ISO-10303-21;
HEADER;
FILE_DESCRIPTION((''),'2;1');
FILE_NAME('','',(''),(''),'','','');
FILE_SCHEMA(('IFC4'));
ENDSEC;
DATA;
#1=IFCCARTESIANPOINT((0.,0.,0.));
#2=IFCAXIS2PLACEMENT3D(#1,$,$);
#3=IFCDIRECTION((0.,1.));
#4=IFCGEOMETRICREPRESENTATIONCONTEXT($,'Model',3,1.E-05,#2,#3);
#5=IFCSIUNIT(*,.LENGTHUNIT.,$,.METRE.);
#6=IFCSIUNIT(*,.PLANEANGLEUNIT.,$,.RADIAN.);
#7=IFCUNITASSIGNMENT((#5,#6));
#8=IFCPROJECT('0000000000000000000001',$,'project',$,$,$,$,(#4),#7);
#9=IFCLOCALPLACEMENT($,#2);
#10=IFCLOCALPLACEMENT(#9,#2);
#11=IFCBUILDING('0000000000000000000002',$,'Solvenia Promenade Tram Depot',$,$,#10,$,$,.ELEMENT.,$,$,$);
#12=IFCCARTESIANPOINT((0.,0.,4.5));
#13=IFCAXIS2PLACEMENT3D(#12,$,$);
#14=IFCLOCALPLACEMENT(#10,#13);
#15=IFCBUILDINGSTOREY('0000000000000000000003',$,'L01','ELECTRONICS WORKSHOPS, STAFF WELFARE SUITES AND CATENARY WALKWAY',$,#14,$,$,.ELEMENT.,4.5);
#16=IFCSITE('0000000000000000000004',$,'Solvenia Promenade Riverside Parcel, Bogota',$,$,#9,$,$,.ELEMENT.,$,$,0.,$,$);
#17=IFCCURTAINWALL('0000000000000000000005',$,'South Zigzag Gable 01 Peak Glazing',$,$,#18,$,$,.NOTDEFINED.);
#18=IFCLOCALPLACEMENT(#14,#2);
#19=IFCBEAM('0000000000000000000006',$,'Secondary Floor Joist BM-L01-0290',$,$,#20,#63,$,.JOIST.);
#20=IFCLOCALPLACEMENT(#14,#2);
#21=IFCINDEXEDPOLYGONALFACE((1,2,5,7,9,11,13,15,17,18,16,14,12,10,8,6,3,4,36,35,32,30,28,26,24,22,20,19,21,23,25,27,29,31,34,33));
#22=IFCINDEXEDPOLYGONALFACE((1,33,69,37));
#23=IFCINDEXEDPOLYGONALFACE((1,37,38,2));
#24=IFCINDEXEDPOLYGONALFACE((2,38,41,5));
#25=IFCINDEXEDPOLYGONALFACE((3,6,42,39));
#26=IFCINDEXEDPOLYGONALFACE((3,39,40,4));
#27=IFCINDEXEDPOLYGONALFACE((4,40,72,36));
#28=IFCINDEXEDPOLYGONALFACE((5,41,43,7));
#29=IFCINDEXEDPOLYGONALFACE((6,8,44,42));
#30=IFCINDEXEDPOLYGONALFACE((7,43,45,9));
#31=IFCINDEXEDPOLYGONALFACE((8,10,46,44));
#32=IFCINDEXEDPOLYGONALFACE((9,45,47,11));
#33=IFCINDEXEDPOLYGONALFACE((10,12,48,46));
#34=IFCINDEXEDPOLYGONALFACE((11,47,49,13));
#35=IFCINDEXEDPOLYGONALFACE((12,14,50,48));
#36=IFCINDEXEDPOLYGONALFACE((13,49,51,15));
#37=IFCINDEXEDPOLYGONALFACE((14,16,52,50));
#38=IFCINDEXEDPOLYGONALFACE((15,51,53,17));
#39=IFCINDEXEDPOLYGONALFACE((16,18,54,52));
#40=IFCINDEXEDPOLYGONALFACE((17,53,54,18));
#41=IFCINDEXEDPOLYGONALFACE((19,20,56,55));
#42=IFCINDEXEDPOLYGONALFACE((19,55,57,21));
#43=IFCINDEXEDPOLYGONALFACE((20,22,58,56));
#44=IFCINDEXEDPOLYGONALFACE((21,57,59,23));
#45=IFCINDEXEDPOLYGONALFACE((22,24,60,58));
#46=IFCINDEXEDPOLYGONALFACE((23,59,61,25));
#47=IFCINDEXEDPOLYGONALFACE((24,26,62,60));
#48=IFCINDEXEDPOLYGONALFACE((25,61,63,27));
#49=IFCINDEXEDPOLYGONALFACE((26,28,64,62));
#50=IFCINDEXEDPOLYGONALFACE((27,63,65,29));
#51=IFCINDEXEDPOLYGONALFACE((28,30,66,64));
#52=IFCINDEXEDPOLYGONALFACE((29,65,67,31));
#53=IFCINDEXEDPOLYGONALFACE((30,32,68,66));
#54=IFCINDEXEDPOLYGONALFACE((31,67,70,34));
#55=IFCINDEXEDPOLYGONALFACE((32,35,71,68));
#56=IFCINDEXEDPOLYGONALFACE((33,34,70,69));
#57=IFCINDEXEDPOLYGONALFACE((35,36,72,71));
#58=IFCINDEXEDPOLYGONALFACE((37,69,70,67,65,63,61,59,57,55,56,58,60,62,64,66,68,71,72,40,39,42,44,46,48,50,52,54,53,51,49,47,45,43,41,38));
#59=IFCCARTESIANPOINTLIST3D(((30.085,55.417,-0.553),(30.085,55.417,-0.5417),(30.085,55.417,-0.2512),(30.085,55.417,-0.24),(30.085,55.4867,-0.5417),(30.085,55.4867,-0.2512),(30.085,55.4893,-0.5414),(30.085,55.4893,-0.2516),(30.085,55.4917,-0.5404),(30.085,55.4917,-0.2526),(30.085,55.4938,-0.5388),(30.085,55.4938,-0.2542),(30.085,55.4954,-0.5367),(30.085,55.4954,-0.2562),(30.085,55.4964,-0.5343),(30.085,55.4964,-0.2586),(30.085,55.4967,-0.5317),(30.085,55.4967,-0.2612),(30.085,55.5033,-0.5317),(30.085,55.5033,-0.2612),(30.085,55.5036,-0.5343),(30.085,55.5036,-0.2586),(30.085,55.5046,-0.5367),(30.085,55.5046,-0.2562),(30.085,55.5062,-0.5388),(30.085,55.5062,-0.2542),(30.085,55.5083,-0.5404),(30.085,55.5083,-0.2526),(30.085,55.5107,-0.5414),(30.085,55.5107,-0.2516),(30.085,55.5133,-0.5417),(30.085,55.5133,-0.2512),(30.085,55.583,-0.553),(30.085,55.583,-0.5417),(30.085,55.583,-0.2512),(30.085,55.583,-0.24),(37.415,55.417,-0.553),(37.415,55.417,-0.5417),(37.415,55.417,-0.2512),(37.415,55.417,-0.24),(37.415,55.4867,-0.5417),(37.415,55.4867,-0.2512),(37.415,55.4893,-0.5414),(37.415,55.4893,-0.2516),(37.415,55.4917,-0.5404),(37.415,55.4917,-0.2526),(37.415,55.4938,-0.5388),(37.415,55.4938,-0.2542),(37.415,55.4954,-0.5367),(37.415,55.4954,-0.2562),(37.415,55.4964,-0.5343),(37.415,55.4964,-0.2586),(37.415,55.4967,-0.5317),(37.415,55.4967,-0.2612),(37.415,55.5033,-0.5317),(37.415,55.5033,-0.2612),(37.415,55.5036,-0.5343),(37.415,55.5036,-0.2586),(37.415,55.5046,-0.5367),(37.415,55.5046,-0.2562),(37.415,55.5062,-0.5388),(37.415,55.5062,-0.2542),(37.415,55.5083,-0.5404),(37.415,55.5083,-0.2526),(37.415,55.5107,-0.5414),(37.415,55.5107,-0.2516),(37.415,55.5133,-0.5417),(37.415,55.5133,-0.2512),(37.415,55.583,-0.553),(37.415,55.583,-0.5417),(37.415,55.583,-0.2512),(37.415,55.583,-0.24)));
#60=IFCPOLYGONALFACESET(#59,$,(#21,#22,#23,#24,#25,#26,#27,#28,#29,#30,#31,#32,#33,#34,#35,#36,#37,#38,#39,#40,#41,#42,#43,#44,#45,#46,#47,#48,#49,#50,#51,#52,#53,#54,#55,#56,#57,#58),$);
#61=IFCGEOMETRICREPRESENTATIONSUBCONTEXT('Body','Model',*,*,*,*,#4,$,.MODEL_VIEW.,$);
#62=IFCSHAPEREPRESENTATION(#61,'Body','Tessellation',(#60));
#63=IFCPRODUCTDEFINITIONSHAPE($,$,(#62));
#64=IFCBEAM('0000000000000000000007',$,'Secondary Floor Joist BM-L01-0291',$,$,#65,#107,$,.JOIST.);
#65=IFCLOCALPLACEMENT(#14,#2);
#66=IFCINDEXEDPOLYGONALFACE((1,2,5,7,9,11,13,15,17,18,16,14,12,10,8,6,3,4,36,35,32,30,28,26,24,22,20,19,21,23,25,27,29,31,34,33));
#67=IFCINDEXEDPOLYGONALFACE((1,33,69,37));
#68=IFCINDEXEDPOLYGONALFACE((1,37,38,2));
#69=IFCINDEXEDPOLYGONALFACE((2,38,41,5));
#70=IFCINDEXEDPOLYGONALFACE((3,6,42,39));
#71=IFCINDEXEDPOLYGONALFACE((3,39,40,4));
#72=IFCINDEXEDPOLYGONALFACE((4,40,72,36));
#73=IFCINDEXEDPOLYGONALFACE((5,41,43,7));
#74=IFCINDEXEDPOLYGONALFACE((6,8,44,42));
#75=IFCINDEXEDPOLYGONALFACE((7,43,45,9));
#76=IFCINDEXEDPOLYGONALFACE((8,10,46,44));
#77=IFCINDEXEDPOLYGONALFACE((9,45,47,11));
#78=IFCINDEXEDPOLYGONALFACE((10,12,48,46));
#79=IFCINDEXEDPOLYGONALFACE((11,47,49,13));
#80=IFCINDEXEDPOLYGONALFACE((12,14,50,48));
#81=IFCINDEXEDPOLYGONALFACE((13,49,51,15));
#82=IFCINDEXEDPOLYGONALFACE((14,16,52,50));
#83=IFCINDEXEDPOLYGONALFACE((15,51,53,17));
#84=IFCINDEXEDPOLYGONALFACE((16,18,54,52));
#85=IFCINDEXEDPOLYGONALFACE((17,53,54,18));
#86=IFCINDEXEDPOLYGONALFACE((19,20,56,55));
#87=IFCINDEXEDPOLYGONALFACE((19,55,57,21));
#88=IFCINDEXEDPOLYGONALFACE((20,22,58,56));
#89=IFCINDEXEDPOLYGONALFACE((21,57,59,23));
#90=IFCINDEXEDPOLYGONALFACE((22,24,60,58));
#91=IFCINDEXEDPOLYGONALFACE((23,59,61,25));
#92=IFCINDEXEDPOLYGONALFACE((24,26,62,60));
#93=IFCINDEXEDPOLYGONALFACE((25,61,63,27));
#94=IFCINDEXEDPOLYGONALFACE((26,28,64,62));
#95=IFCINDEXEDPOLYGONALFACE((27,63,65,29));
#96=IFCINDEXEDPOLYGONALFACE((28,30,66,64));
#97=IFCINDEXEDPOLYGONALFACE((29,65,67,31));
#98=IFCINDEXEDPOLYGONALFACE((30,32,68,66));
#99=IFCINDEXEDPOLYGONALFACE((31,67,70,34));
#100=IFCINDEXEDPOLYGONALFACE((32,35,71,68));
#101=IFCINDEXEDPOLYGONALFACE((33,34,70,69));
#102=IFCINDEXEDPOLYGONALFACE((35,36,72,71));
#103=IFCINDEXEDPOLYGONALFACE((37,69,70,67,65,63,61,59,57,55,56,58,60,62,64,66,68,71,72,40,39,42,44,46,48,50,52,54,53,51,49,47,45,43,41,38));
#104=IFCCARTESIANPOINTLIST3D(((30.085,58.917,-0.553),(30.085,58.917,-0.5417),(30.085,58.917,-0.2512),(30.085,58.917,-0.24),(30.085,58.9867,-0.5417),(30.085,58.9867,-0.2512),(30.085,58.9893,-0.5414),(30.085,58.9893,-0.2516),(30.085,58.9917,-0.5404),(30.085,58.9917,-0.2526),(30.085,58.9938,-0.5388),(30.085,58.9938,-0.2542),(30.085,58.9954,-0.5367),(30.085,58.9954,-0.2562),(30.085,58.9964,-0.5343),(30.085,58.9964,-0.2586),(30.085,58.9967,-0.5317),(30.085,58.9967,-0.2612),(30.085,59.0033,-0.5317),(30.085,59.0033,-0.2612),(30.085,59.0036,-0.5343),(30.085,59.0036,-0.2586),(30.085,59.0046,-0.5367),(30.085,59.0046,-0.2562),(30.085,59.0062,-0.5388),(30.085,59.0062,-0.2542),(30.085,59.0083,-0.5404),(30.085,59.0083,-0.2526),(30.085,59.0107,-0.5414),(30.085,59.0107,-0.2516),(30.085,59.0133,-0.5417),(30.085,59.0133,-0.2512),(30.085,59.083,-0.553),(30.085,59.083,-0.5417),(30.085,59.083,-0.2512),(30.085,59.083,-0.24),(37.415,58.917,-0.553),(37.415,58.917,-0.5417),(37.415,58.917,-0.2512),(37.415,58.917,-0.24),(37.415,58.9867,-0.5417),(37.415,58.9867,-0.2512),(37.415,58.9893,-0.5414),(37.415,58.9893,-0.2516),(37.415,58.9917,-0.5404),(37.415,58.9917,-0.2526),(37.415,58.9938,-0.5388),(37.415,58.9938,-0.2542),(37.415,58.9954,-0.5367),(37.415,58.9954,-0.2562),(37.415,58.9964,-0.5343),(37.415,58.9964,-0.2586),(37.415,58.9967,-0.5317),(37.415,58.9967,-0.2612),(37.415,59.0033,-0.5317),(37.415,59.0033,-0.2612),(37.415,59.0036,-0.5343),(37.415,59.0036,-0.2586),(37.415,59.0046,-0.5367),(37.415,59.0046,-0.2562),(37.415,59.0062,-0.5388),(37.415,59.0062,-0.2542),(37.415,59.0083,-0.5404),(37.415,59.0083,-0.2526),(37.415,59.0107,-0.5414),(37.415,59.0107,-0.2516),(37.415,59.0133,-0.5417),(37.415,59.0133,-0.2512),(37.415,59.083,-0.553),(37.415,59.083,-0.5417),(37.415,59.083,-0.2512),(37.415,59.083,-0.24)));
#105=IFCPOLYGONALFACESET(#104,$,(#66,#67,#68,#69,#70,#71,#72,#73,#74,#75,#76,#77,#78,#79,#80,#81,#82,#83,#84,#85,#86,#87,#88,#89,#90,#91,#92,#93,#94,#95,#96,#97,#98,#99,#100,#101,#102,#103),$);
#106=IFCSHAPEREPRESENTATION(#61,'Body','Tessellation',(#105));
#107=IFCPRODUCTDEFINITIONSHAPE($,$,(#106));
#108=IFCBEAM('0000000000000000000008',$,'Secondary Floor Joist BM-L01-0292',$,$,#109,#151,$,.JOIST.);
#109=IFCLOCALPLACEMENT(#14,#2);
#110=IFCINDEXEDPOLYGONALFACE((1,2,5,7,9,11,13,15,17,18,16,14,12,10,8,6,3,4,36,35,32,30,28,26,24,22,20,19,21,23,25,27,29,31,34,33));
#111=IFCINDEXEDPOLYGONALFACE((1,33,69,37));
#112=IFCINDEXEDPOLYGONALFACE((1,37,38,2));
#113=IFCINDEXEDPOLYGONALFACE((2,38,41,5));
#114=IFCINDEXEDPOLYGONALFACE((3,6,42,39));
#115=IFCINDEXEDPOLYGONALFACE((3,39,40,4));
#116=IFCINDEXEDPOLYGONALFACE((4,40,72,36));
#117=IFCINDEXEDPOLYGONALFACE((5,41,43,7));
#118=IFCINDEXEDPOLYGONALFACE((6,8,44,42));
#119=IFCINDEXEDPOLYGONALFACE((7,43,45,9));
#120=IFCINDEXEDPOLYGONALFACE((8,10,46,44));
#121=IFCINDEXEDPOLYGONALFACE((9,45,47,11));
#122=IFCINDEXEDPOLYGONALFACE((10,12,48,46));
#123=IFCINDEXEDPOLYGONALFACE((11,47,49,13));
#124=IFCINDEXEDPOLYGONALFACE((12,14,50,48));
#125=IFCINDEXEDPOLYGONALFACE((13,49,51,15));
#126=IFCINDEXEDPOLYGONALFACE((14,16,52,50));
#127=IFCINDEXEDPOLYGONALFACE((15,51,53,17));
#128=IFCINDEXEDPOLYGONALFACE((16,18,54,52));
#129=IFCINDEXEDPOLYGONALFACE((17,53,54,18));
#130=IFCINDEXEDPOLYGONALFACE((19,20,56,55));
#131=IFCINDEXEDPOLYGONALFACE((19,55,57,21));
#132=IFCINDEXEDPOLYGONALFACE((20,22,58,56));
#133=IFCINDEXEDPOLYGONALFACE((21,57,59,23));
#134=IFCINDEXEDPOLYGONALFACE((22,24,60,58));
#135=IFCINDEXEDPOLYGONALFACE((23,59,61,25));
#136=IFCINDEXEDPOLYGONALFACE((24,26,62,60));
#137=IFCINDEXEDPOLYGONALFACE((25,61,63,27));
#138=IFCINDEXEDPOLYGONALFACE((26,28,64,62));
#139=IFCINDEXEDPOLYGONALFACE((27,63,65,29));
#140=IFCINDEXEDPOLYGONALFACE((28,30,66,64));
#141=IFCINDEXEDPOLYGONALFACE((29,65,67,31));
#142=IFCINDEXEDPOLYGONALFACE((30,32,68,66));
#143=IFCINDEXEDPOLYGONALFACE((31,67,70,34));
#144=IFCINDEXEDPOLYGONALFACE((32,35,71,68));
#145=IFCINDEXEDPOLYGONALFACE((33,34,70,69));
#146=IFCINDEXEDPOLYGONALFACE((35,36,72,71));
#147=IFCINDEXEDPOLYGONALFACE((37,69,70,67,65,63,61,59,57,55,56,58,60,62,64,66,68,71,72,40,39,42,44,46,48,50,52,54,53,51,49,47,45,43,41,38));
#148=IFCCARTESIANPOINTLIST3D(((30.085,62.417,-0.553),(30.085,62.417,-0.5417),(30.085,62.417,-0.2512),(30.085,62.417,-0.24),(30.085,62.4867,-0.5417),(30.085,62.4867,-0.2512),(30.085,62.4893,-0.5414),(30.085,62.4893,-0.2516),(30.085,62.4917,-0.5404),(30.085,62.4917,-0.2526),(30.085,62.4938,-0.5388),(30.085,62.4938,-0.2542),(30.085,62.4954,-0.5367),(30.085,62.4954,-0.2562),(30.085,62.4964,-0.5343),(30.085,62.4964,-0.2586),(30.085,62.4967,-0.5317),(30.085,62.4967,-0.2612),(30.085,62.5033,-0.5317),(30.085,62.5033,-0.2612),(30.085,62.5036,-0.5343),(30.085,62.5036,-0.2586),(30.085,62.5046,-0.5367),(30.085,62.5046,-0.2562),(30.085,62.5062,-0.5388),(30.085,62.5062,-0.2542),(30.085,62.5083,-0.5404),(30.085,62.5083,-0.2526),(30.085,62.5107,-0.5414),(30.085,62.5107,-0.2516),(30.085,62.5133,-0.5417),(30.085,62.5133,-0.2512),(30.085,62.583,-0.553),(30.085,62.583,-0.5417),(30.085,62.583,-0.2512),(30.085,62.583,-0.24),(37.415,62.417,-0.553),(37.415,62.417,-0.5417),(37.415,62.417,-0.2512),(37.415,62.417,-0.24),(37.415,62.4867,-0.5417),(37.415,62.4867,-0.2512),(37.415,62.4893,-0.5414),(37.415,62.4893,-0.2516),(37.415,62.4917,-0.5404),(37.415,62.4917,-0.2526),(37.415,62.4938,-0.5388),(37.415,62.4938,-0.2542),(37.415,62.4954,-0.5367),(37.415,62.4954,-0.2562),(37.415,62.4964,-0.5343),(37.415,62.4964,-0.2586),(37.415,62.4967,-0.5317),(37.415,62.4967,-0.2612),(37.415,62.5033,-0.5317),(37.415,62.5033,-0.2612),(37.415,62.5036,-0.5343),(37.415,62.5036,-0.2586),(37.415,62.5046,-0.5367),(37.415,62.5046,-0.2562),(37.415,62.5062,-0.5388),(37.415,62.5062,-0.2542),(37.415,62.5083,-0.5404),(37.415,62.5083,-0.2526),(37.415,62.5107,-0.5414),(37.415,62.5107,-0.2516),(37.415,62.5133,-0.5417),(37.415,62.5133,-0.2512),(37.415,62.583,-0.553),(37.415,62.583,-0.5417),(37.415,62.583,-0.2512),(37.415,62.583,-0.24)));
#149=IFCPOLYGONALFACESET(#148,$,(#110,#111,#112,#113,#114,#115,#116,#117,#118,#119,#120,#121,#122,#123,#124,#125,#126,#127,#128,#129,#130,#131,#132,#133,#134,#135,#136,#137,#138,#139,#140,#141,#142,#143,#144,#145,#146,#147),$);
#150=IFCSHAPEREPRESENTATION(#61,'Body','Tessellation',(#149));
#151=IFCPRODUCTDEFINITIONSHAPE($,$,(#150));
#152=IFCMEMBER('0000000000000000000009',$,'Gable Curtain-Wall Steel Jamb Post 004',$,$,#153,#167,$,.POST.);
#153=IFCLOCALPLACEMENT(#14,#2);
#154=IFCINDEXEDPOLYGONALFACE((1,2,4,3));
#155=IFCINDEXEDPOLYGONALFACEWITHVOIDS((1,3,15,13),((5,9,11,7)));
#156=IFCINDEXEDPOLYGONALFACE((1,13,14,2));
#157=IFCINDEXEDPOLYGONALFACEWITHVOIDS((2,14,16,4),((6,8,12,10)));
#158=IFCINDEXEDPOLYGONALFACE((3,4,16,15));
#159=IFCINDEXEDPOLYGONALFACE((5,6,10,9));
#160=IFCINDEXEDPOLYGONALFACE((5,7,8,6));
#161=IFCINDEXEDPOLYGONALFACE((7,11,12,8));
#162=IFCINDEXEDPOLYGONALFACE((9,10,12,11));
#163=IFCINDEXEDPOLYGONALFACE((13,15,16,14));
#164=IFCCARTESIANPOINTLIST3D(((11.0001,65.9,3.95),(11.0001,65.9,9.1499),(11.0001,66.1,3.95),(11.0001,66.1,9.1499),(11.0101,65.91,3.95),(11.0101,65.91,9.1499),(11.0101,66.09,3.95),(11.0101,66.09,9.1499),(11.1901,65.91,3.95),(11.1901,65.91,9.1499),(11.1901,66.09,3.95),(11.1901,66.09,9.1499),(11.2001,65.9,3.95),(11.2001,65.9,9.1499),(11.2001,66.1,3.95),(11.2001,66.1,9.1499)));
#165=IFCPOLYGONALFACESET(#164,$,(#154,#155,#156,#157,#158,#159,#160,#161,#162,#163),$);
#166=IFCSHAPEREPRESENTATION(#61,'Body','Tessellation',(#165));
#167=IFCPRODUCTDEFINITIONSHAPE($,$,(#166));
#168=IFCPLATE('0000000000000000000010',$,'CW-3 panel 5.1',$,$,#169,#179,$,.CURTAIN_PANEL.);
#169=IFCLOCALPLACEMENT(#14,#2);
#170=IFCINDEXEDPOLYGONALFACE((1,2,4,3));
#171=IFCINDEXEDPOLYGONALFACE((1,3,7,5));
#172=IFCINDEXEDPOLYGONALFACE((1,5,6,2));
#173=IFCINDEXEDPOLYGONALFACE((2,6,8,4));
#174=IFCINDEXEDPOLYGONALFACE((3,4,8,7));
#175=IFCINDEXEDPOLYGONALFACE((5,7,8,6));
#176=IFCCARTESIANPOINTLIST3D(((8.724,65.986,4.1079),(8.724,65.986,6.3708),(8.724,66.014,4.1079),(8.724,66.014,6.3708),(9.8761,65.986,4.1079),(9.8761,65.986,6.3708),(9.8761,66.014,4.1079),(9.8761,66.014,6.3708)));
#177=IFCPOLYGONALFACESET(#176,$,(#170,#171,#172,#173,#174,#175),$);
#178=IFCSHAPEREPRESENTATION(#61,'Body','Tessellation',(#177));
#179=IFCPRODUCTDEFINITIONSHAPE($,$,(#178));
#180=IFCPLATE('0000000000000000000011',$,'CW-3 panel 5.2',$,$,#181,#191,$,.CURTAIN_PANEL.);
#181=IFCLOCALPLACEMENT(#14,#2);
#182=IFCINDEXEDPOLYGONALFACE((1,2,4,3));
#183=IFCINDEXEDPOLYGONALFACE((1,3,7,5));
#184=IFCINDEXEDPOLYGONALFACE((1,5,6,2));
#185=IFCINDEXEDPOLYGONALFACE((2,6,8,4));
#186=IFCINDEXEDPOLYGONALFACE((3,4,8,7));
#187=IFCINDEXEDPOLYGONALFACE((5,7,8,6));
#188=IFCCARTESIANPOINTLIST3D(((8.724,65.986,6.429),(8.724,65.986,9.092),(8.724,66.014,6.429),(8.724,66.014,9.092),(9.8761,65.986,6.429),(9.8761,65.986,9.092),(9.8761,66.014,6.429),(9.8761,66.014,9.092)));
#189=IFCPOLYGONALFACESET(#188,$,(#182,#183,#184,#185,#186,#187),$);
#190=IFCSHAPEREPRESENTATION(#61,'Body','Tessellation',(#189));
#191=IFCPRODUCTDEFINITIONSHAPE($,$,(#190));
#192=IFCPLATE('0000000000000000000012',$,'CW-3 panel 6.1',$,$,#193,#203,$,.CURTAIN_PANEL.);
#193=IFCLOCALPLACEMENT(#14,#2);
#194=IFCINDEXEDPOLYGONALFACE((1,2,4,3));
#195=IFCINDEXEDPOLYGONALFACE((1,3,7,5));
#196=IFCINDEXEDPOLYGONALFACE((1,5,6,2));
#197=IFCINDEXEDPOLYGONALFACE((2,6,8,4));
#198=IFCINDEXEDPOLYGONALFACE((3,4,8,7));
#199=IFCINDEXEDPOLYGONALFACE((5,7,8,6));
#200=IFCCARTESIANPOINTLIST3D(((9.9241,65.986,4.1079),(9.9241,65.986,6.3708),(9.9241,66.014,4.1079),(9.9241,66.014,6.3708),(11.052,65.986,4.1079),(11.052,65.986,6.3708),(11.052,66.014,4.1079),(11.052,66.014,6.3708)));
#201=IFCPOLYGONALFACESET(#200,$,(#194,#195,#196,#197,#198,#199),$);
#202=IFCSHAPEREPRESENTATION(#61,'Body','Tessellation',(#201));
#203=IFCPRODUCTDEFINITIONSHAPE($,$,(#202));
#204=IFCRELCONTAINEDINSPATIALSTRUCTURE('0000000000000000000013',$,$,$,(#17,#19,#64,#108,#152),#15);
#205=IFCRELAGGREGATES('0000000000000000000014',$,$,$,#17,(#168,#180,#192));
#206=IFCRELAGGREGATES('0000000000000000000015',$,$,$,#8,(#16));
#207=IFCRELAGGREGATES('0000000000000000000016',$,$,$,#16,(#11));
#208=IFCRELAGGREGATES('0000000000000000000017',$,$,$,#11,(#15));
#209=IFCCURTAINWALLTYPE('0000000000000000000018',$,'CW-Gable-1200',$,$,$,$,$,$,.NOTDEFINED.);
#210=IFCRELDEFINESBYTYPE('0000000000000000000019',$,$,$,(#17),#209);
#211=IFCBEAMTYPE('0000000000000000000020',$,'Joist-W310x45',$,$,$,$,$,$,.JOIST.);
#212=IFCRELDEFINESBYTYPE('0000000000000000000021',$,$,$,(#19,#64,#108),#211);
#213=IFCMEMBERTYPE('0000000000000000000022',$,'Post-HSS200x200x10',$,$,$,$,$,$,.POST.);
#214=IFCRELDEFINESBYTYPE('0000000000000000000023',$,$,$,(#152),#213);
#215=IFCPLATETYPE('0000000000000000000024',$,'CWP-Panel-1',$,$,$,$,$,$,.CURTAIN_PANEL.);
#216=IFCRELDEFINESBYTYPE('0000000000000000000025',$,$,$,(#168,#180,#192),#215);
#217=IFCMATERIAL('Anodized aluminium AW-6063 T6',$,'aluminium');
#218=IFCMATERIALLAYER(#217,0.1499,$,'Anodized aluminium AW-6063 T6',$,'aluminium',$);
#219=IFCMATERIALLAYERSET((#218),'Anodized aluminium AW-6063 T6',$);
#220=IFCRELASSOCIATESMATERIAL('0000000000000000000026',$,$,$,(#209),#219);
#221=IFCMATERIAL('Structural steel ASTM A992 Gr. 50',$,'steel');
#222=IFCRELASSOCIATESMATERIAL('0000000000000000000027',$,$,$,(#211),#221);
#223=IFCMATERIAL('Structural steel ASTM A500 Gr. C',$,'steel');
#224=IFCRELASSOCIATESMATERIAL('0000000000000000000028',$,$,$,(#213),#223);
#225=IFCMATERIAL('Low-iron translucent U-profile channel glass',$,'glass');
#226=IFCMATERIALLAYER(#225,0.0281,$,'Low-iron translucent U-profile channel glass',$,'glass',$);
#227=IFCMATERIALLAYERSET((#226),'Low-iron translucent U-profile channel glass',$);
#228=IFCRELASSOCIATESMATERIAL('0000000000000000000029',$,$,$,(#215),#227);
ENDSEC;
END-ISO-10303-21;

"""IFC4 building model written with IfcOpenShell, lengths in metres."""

from ifc_helpers import new_model, si_unit, direction, frame, origin, origin_2d, place, context, subcontext, project, spatial, rectangle, hollow_rectangle, i_section, extrude, material, layer, layer_set, material_profile, profile_set, type_object, element, aggregate, save


model = new_model("IFC4")

# Units and contexts
model_context = context("Model", 3, precision=1e-05, world=origin(), true_north=direction((0.0, 1.0)))
body_context = subcontext(model_context, "Body", "Model", "MODEL_VIEW")
ifc_project = project(units=[si_unit("LENGTHUNIT", "METRE"), si_unit("PLANEANGLEUNIT", "RADIAN")], contexts=[model_context])

# Site, building, storey
site_placement = place(None, origin())
site = spatial("IfcSite", under=ifc_project, at=site_placement, Name="Solvenia Promenade Riverside Parcel, Bogota", CompositionType="ELEMENT", RefElevation=0.0)
building_placement = place(site_placement, origin())
building = spatial("IfcBuilding", under=site, at=building_placement, Name="Solvenia Promenade Tram Depot", CompositionType="ELEMENT")
storey_placement = place(building_placement, frame((0.0, 0.0, 4.5)))
storey = spatial("IfcBuildingStorey", under=building, at=storey_placement, Name="L01", Description="ELECTRONICS WORKSHOPS, STAFF WELFARE SUITES AND CATENARY WALKWAY", CompositionType="ELEMENT", Elevation=4.5)

# Curtain wall
ifc_material_1 = material(Name="Anodized aluminium AW-6063 T6", Category="aluminium")
ifc_layer_1 = layer(ifc_material_1, 0.1499, Name="Anodized aluminium AW-6063 T6", Category="aluminium")
ifc_layer_set_1 = layer_set([ifc_layer_1], Name="Anodized aluminium AW-6063 T6")
curtain_wall_type = type_object("IfcCurtainWallType", Name="CW-Gable-1200", PredefinedType="NOTDEFINED", material=ifc_layer_set_1)
curtain_wall_placement = place(storey_placement, origin())
curtain_wall = element("IfcCurtainWall", 1, at=curtain_wall_placement, inside=storey, type_object=curtain_wall_type, Name="South Zigzag Gable 01 Peak Glazing", PredefinedType="NOTDEFINED")

# Beams
ifc_material_2 = material(Name="Structural steel ASTM A992 Gr. 50", Category="steel")
ifc_material_profile_1 = material_profile(ifc_material_2, i_section(OverallWidth=0.166, OverallDepth=0.313, WebThickness=0.0066, FlangeThickness=0.0112, FilletRadius=0.01, at=origin_2d()), Name="W310x45", Category="steel")
ifc_profile_set_1 = profile_set([ifc_material_profile_1], Name="Structural steel ASTM A992 Gr. 50")
beam_type_1 = type_object("IfcBeamType", Name="Joist-W310x45", PredefinedType="JOIST", material=ifc_profile_set_1)
for number, where, z_axis, x_axis, name in (
    (2, (30.085, 55.5, -0.3965), (1.0, 0.0, 0.0), (0.0, 1.0, 0.0), "Secondary Floor Joist BM-L01-0290"),
    (3, (30.085, 59.0, -0.3965), (1.0, 0.0, 0.0), (0.0, 1.0, 0.0), "Secondary Floor Joist BM-L01-0291"),
    (4, (30.085, 62.5, -0.3965), (1.0, 0.0, 0.0), (0.0, 1.0, 0.0), "Secondary Floor Joist BM-L01-0292"),
):
    element("IfcBeam", number, at=place(storey_placement, frame(where, z_axis=z_axis, x_axis=x_axis)), inside=storey, type_object=beam_type_1, Name=name, PredefinedType="JOIST", context=body_context, shape_type="SweptSolid", body=[
        extrude(i_section(OverallWidth=0.166, OverallDepth=0.313, WebThickness=0.0066, FlangeThickness=0.0112, FilletRadius=0.01, at=origin_2d()), origin(), (0.0, 0.0, 1.0), 7.3301),
    ])

# Member
ifc_material_3 = material(Name="Structural steel ASTM A500 Gr. C", Category="steel")
ifc_material_profile_2 = material_profile(ifc_material_3, hollow_rectangle(XDim=0.2, YDim=0.2, WallThickness=0.01, at=origin_2d()), Name="HSS200x200x10", Category="steel")
ifc_profile_set_2 = profile_set([ifc_material_profile_2], Name="Structural steel ASTM A500 Gr. C")
member_type_1 = type_object("IfcMemberType", Name="Post-HSS200x200x10", PredefinedType="POST", material=ifc_profile_set_2)
member_1_placement = place(storey_placement, frame((11.1001, 66.0, 3.95), z_axis=(0.0, 0.0, 1.0), x_axis=(1.0, 0.0, 0.0)))
element("IfcMember", 5, at=member_1_placement, inside=storey, type_object=member_type_1, Name="Gable Curtain-Wall Steel Jamb Post 004", PredefinedType="POST", context=body_context, shape_type="SweptSolid", body=[
    extrude(hollow_rectangle(XDim=0.2, YDim=0.2, WallThickness=0.01, at=origin_2d()), origin(), (0.0, 0.0, 1.0), 5.2),
])

# Plates
ifc_material_4 = material(Name="Low-iron translucent U-profile channel glass", Category="glass")
ifc_layer_2 = layer(ifc_material_4, 0.0281, Name="Low-iron translucent U-profile channel glass", Category="glass")
ifc_layer_set_2 = layer_set([ifc_layer_2], Name="Low-iron translucent U-profile channel glass")
plate_type_1 = type_object("IfcPlateType", Name="CWP-Panel-1", PredefinedType="CURTAIN_PANEL", material=ifc_layer_set_2)
plate_1_placement = place(storey_placement, frame((9.3, 66.0, 4.1079), z_axis=(0.0, 0.0, 1.0), x_axis=(1.0, 0.0, 0.0)))
plate_1 = element("IfcPlate", 6, at=plate_1_placement, type_object=plate_type_1, Name="CW-3 panel 5.1", PredefinedType="CURTAIN_PANEL", context=body_context, shape_type="SweptSolid", body=[
    extrude(rectangle(XDim=1.1521, YDim=0.0281, at=origin_2d()), origin(), (0.0, 0.0, 1.0), 2.2629),
])
plate_2_placement = place(storey_placement, frame((9.3, 66.0, 6.429), z_axis=(0.0, 0.0, 1.0), x_axis=(1.0, 0.0, 0.0)))
plate_2 = element("IfcPlate", 7, at=plate_2_placement, type_object=plate_type_1, Name="CW-3 panel 5.2", PredefinedType="CURTAIN_PANEL", context=body_context, shape_type="SweptSolid", body=[
    extrude(rectangle(XDim=1.1521, YDim=0.0281, at=origin_2d()), origin(), (0.0, 0.0, 1.0), 2.6631),
])
plate_3_placement = place(storey_placement, frame((10.488, 66.0, 4.1079), z_axis=(0.0, 0.0, 1.0), x_axis=(1.0, 0.0, 0.0)))
plate_3 = element("IfcPlate", 8, at=plate_3_placement, type_object=plate_type_1, Name="CW-3 panel 6.1", PredefinedType="CURTAIN_PANEL", context=body_context, shape_type="SweptSolid", body=[
    extrude(rectangle(XDim=1.1279, YDim=0.0281, at=origin_2d()), origin(), (0.0, 0.0, 1.0), 2.2629),
])
aggregate(curtain_wall, [plate_1, plate_2, plate_3])

save(model, "model.ifc")
